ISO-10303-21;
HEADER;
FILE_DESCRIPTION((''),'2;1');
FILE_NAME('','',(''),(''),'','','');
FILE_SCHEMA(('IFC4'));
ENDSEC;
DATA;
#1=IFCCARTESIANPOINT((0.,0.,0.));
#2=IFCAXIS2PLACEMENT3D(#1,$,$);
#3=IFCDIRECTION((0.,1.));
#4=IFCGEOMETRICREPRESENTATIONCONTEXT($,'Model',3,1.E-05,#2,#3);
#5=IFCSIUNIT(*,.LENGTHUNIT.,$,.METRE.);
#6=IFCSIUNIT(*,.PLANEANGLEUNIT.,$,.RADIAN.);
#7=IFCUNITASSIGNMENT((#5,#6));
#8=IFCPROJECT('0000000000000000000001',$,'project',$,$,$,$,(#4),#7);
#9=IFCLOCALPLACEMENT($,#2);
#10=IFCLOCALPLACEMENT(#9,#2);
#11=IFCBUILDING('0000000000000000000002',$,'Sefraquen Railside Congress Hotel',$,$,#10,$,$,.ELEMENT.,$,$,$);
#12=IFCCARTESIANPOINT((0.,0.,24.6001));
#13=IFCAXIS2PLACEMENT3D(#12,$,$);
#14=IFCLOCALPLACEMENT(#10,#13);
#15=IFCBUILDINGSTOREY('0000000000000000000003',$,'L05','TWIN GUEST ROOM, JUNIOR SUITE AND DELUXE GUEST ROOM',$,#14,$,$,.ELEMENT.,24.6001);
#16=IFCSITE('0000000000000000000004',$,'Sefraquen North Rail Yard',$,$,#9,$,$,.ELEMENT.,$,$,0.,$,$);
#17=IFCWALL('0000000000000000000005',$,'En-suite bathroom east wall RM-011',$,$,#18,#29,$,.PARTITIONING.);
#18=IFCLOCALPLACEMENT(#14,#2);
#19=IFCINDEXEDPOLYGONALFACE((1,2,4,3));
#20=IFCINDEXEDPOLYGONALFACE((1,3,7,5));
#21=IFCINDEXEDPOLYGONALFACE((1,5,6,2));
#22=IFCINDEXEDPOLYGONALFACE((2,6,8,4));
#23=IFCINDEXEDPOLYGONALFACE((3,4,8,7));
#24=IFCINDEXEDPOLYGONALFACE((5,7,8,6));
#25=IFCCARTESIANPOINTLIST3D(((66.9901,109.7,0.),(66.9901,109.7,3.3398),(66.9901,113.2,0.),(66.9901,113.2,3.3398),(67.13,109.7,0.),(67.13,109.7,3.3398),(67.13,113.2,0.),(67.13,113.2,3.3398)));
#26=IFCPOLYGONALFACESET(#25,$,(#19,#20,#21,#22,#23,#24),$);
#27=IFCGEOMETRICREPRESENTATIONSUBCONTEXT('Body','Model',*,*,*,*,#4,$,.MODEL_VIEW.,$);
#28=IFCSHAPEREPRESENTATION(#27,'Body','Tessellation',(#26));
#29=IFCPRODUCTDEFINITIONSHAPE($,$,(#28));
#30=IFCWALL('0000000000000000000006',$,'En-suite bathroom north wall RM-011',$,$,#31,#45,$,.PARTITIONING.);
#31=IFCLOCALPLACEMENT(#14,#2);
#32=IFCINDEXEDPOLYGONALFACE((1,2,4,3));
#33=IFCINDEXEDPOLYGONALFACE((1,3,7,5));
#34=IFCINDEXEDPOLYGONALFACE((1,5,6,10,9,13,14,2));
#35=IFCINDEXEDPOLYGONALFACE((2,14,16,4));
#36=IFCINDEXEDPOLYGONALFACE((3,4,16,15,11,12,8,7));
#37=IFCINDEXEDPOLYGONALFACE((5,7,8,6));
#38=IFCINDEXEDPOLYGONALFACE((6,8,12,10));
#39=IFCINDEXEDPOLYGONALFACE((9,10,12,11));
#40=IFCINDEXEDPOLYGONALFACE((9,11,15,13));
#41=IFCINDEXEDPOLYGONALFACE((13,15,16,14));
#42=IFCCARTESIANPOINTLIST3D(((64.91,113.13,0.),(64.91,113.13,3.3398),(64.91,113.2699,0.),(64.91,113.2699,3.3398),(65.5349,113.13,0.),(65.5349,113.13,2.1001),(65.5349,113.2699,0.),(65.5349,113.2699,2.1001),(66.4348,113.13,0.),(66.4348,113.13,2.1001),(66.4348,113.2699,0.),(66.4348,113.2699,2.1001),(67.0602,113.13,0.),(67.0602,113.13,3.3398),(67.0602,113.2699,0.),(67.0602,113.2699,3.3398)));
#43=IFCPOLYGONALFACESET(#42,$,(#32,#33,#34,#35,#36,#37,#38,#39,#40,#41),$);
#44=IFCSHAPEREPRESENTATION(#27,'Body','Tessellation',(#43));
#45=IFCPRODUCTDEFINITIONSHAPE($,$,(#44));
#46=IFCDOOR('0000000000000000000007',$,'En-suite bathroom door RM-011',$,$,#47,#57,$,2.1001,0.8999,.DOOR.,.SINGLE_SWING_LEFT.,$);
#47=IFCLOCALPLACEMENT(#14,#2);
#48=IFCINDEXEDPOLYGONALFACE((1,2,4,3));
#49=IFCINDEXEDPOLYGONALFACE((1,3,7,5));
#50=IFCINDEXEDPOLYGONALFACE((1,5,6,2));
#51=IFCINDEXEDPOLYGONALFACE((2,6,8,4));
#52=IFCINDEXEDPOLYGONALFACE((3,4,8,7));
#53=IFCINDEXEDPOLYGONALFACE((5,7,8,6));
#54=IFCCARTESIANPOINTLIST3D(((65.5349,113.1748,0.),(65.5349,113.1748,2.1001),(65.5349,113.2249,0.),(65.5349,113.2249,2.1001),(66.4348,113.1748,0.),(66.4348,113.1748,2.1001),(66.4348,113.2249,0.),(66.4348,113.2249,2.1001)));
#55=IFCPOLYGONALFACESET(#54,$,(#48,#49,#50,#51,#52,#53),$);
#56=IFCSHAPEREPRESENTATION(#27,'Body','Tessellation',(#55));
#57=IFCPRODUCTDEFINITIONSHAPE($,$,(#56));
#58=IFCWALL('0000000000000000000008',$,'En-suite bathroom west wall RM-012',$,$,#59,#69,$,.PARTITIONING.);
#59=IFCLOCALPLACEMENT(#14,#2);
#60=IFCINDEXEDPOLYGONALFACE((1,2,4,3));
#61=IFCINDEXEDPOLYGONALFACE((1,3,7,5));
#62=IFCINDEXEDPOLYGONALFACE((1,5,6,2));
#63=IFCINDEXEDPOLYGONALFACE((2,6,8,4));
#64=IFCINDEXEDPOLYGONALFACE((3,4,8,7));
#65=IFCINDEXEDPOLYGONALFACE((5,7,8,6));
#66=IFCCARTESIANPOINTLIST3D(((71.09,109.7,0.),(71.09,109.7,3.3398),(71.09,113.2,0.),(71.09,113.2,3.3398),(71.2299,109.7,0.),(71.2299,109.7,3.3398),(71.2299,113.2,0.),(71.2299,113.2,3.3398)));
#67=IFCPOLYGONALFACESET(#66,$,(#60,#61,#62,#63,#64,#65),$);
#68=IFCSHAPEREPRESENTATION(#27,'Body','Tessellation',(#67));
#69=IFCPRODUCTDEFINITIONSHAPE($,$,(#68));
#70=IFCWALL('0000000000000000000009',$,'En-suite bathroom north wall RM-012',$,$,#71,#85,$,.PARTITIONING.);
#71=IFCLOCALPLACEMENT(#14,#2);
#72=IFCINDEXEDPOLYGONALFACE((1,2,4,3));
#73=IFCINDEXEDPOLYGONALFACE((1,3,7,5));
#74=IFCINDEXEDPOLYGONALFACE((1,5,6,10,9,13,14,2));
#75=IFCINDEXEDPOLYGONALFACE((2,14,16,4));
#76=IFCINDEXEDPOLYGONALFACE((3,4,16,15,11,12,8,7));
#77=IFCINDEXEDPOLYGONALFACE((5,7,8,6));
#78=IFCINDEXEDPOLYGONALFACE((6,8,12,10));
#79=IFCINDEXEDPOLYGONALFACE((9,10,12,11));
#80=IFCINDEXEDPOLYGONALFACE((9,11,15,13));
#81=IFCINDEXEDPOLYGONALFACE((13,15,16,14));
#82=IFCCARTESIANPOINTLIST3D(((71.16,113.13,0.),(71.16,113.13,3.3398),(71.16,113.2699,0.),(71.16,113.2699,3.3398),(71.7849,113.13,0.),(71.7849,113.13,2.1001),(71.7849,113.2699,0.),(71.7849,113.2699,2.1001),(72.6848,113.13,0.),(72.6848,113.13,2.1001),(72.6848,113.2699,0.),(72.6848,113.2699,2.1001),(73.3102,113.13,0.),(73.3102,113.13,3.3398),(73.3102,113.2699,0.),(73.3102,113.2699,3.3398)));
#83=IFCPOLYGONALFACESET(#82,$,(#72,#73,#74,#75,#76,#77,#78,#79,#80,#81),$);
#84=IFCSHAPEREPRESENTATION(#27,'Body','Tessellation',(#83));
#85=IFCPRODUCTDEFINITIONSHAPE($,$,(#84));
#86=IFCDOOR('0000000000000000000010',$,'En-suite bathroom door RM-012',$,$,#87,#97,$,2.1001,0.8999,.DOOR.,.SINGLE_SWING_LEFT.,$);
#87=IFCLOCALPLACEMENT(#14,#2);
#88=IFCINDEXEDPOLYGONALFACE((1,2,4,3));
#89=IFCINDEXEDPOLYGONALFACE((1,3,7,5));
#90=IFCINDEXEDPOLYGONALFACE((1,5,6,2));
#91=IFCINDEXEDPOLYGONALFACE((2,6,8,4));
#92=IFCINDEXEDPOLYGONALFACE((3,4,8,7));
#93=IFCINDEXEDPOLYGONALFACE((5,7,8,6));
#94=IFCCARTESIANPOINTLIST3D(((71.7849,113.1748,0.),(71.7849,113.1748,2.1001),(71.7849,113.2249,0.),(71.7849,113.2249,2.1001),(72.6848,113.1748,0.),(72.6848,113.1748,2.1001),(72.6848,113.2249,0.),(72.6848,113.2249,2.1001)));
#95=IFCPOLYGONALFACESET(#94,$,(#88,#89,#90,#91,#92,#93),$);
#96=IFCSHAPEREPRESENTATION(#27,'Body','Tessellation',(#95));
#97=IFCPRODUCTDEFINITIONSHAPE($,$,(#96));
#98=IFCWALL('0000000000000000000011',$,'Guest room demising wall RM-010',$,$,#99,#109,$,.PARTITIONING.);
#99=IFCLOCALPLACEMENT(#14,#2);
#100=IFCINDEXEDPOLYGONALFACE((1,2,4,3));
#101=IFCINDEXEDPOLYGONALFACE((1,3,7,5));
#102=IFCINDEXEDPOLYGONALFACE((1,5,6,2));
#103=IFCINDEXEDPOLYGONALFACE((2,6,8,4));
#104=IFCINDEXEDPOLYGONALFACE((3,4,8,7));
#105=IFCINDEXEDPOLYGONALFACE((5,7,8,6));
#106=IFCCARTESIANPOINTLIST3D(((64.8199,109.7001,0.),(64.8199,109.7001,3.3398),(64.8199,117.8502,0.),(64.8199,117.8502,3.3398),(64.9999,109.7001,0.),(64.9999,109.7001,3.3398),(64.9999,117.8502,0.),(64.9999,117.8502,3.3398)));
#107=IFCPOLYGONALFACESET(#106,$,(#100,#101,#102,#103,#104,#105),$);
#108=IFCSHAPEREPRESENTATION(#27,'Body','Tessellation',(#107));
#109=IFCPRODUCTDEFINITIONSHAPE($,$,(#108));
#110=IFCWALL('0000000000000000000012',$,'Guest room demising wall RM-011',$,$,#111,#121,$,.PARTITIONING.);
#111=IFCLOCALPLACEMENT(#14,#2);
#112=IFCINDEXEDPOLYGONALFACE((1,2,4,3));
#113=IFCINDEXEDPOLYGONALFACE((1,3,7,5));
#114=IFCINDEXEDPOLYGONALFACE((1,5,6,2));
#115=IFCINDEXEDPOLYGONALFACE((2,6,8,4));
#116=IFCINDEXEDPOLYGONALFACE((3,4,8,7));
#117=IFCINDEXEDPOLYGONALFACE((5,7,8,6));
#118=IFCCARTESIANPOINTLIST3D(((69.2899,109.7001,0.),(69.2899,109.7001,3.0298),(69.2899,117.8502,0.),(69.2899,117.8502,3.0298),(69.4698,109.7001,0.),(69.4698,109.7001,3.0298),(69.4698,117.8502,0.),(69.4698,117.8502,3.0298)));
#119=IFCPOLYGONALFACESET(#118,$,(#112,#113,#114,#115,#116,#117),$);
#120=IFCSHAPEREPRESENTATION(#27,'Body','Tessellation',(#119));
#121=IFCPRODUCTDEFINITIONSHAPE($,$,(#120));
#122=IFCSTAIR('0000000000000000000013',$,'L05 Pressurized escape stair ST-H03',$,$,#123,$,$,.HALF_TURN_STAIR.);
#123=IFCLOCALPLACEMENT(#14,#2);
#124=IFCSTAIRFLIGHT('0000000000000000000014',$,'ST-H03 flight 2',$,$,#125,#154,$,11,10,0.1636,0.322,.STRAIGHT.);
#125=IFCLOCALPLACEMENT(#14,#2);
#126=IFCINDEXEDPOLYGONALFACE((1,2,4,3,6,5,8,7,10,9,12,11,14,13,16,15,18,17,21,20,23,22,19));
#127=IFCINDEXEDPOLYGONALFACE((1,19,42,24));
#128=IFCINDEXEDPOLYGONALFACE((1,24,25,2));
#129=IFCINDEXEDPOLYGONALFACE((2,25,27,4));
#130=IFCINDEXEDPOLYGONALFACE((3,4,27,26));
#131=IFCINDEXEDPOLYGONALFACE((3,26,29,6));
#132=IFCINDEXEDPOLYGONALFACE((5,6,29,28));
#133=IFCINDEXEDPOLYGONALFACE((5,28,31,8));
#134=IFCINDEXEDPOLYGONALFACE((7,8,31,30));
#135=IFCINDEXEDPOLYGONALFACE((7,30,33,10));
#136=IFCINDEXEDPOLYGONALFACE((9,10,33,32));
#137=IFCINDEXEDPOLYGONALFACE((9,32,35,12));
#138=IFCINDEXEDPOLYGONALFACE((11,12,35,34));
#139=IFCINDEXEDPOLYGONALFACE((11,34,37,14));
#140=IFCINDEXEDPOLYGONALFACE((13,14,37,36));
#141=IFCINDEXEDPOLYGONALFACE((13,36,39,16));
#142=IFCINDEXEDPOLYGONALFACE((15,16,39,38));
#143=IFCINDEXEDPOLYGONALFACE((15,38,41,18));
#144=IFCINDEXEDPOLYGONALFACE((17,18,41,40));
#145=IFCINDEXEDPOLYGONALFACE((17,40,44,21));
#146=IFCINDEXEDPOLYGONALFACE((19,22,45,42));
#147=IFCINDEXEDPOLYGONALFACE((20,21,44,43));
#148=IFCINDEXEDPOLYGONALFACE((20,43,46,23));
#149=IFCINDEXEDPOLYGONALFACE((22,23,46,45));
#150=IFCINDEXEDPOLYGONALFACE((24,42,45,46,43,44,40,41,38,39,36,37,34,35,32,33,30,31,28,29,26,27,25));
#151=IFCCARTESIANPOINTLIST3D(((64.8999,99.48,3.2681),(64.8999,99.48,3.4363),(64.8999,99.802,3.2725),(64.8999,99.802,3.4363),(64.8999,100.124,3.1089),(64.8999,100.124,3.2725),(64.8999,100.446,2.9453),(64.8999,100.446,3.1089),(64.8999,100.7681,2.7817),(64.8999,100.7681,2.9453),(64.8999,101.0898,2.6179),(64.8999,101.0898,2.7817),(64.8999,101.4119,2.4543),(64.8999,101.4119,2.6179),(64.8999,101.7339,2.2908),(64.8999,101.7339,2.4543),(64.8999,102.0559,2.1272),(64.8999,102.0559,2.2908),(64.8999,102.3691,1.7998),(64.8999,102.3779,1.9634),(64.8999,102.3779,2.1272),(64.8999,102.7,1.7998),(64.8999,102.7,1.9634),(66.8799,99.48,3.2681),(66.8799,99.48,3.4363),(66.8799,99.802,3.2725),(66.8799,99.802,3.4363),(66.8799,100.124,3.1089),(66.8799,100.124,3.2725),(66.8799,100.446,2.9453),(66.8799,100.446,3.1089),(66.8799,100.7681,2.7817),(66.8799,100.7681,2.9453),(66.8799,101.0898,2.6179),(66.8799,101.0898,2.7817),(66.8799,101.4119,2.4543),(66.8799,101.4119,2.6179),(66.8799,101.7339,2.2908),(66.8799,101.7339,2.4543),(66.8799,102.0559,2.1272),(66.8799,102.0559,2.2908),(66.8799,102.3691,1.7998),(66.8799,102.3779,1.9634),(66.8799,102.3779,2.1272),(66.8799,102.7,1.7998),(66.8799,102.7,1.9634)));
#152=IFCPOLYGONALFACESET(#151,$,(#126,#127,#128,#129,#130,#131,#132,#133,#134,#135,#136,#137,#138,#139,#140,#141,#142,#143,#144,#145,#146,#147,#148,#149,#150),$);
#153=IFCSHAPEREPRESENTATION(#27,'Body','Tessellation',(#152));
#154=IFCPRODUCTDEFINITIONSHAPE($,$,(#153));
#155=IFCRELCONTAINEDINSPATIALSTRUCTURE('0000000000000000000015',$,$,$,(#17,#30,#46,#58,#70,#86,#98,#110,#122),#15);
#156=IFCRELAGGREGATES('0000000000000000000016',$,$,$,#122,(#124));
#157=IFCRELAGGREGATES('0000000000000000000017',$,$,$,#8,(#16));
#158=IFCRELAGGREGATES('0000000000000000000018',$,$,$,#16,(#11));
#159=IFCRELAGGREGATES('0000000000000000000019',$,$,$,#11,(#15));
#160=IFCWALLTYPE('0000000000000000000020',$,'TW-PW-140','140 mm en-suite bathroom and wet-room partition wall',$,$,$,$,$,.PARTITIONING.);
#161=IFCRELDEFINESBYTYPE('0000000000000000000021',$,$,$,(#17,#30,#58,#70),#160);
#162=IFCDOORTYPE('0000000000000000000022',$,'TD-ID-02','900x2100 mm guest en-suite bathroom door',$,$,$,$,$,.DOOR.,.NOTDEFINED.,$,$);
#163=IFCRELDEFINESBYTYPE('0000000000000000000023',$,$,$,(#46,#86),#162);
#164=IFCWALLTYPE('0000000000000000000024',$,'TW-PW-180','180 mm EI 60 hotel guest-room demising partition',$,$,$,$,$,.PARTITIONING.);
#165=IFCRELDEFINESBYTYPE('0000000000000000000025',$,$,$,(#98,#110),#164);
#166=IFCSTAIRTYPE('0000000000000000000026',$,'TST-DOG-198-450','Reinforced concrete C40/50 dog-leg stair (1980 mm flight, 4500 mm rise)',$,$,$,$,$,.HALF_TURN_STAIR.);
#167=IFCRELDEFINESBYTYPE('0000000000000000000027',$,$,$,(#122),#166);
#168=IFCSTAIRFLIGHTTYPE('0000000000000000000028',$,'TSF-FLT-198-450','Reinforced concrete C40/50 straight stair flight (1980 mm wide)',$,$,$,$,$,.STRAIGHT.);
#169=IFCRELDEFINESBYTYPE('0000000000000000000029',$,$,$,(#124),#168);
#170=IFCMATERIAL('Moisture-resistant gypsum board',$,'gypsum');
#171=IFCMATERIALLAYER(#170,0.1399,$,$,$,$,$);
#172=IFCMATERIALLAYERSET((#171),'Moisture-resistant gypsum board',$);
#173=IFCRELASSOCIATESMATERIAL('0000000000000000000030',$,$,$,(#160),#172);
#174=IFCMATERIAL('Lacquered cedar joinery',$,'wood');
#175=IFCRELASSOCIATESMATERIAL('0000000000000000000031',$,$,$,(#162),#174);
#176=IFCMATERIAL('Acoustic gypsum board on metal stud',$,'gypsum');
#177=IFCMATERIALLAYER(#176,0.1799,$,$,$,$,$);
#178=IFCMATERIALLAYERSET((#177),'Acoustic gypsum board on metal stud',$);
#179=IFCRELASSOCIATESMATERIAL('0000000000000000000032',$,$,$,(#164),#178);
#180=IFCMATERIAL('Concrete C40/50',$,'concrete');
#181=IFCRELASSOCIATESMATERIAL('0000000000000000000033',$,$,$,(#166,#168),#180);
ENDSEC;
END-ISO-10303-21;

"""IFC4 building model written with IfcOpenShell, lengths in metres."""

from ifc_helpers import new_model, si_unit, direction, frame, frame_2d, origin, place, context, subcontext, project, spatial, polyline, rectangle, outline, extrude, material, layer, layer_set, type_object, element, fill, aggregate, save


model = new_model("IFC4")

# Units and contexts
model_context = context("Model", 3, precision=1e-05, world=origin(), true_north=direction((0.0, 1.0)))
body_context = subcontext(model_context, "Body", "Model", "MODEL_VIEW")
ifc_project = project(units=[si_unit("LENGTHUNIT", "METRE"), si_unit("PLANEANGLEUNIT", "RADIAN")], contexts=[model_context])

# Site, building, storey
site_placement = place(None, origin())
site = spatial("IfcSite", under=ifc_project, at=site_placement, Name="Sefraquen North Rail Yard", CompositionType="ELEMENT", RefElevation=0.0)
building_placement = place(site_placement, origin())
building = spatial("IfcBuilding", under=site, at=building_placement, Name="Sefraquen Railside Congress Hotel", CompositionType="ELEMENT")
storey_placement = place(building_placement, frame((0.0, 0.0, 24.6001)))
storey = spatial("IfcBuildingStorey", under=building, at=storey_placement, Name="L05", Description="TWIN GUEST ROOM, JUNIOR SUITE AND DELUXE GUEST ROOM", CompositionType="ELEMENT", Elevation=24.6001)

# Shared definitions
ifc_material_1 = material(Name="Concrete C40/50", Category="concrete")

# Wall
ifc_material_2 = material(Name="Moisture-resistant gypsum board", Category="gypsum")
ifc_layer_1 = layer(ifc_material_2, 0.1399)
ifc_layer_set_1 = layer_set([ifc_layer_1], Name="Moisture-resistant gypsum board")
wall_type_1 = type_object("IfcWallType", Name="TW-PW-140", Description="140 mm en-suite bathroom and wet-room partition wall", PredefinedType="PARTITIONING", material=ifc_layer_set_1)
wall_1_placement = place(storey_placement, frame((67.0601, 109.7, 0.0), z_axis=(0.0, 0.0, 1.0), x_axis=(0.0, 1.0, 0.0)))
element("IfcWall", 1, at=wall_1_placement, inside=storey, type_object=wall_type_1, Name="En-suite bathroom east wall RM-011", PredefinedType="PARTITIONING", context=body_context, shape_type="SweptSolid", body=[
    extrude(rectangle(XDim=3.5, YDim=0.1399, at=frame_2d((1.75, 0.0))), origin(), (0.0, 0.0, 1.0), 3.3398),
])

# Wall, opening, door
wall_2_placement = place(storey_placement, frame((64.9099, 113.2, 0.0), z_axis=(0.0, 0.0, 1.0), x_axis=(1.0, 0.0, 0.0)))
wall_2 = element("IfcWall", 2, at=wall_2_placement, inside=storey, type_object=wall_type_1, Name="En-suite bathroom north wall RM-011", PredefinedType="PARTITIONING", context=body_context, shape_type="SweptSolid", body=[
    extrude(rectangle(XDim=2.1501, YDim=0.1399, at=frame_2d((1.0752, 0.0))), origin(), (0.0, 0.0, 1.0), 3.3398),
])
opening_1_placement = place(wall_2_placement, frame((0.625, 0.0, 0.0)))
opening_1 = element("IfcOpeningElement", 3, at=opening_1_placement, cuts=wall_2, PredefinedType="OPENING", context=body_context, shape_type="SweptSolid", body=[
    extrude(rectangle(XDim=0.8999, YDim=2.1001, at=frame_2d((0.45, 1.05))), frame((0.0, 0.0798, 0.0), z_axis=(0.0, -1.0, 0.0), x_axis=(1.0, 0.0, 0.0)), (0.0, 0.0, 1.0), 0.1599),
])
ifc_material_3 = material(Name="Lacquered cedar joinery", Category="wood")
door_type_1 = type_object("IfcDoorType", Name="TD-ID-02", Description="900x2100 mm guest en-suite bathroom door", OperationType="NOTDEFINED", PredefinedType="DOOR", material=ifc_material_3)
door_1_placement = place(opening_1_placement, origin())
door_1 = element("IfcDoor", 4, at=door_1_placement, inside=storey, type_object=door_type_1, Name="En-suite bathroom door RM-011", OperationType="SINGLE_SWING_LEFT", OverallHeight=2.1001, OverallWidth=0.8999, PredefinedType="DOOR", context=body_context, shape_type="SweptSolid", body=[
    extrude(rectangle(XDim=0.8999, YDim=2.1001, at=frame_2d((0.45, 1.05))), frame((0.0, 0.0249, 0.0), z_axis=(0.0, -1.0, 0.0), x_axis=(1.0, 0.0, 0.0)), (0.0, 0.0, 1.0), 0.05),
])
fill(opening_1, door_1)

# Wall
wall_3_placement = place(storey_placement, frame((71.1599, 109.7, 0.0), z_axis=(0.0, 0.0, 1.0), x_axis=(0.0, 1.0, 0.0)))
element("IfcWall", 5, at=wall_3_placement, inside=storey, type_object=wall_type_1, Name="En-suite bathroom west wall RM-012", PredefinedType="PARTITIONING", context=body_context, shape_type="SweptSolid", body=[
    extrude(rectangle(XDim=3.5, YDim=0.1399, at=frame_2d((1.75, 0.0))), origin(), (0.0, 0.0, 1.0), 3.3398),
])

# Wall, opening, door
wall_4_placement = place(storey_placement, frame((71.1599, 113.2, 0.0), z_axis=(0.0, 0.0, 1.0), x_axis=(1.0, 0.0, 0.0)))
wall_4 = element("IfcWall", 6, at=wall_4_placement, inside=storey, type_object=wall_type_1, Name="En-suite bathroom north wall RM-012", PredefinedType="PARTITIONING", context=body_context, shape_type="SweptSolid", body=[
    extrude(rectangle(XDim=2.1501, YDim=0.1399, at=frame_2d((1.0752, 0.0))), origin(), (0.0, 0.0, 1.0), 3.3398),
])
opening_2_placement = place(wall_4_placement, frame((0.625, 0.0, 0.0)))
opening_2 = element("IfcOpeningElement", 7, at=opening_2_placement, cuts=wall_4, PredefinedType="OPENING", context=body_context, shape_type="SweptSolid", body=[
    extrude(rectangle(XDim=0.8999, YDim=2.1001, at=frame_2d((0.45, 1.05))), frame((0.0, 0.0798, 0.0), z_axis=(0.0, -1.0, 0.0), x_axis=(1.0, 0.0, 0.0)), (0.0, 0.0, 1.0), 0.1599),
])
door_2_placement = place(opening_2_placement, origin())
door_2 = element("IfcDoor", 8, at=door_2_placement, inside=storey, type_object=door_type_1, Name="En-suite bathroom door RM-012", OperationType="SINGLE_SWING_LEFT", OverallHeight=2.1001, OverallWidth=0.8999, PredefinedType="DOOR", context=body_context, shape_type="SweptSolid", body=[
    extrude(rectangle(XDim=0.8999, YDim=2.1001, at=frame_2d((0.45, 1.05))), frame((0.0, 0.0249, 0.0), z_axis=(0.0, -1.0, 0.0), x_axis=(1.0, 0.0, 0.0)), (0.0, 0.0, 1.0), 0.05),
])
fill(opening_2, door_2)

# Walls
ifc_material_4 = material(Name="Acoustic gypsum board on metal stud", Category="gypsum")
ifc_layer_2 = layer(ifc_material_4, 0.1799)
ifc_layer_set_2 = layer_set([ifc_layer_2], Name="Acoustic gypsum board on metal stud")
wall_type_2 = type_object("IfcWallType", Name="TW-PW-180", Description="180 mm EI 60 hotel guest-room demising partition", PredefinedType="PARTITIONING", material=ifc_layer_set_2)
wall_5_placement = place(storey_placement, frame((64.9099, 109.7, 0.0), z_axis=(0.0, 0.0, 1.0), x_axis=(0.0, 1.0, 0.0)))
element("IfcWall", 9, at=wall_5_placement, inside=storey, type_object=wall_type_2, Name="Guest room demising wall RM-010", PredefinedType="PARTITIONING", context=body_context, shape_type="SweptSolid", body=[
    extrude(rectangle(XDim=8.1501, YDim=0.1799, at=frame_2d((4.0752, 0.0))), origin(), (0.0, 0.0, 1.0), 3.3398),
])
wall_6_placement = place(storey_placement, frame((69.3799, 109.7, 0.0), z_axis=(0.0, 0.0, 1.0), x_axis=(0.0, 1.0, 0.0)))
element("IfcWall", 10, at=wall_6_placement, inside=storey, type_object=wall_type_2, Name="Guest room demising wall RM-011", PredefinedType="PARTITIONING", context=body_context, shape_type="SweptSolid", body=[
    extrude(rectangle(XDim=8.1501, YDim=0.1799, at=frame_2d((4.0752, 0.0))), origin(), (0.0, 0.0, 1.0), 3.0298),
])

# Stair, stair flight
stair_type = type_object("IfcStairType", Name="TST-DOG-198-450", Description="Reinforced concrete C40/50 dog-leg stair (1980 mm flight, 4500 mm rise)", PredefinedType="HALF_TURN_STAIR", material=ifc_material_1)
stair_placement = place(storey_placement, origin())
stair = element("IfcStair", 11, at=stair_placement, inside=storey, type_object=stair_type, Name="L05 Pressurized escape stair ST-H03", PredefinedType="HALF_TURN_STAIR")
stair_flight_type = type_object("IfcStairFlightType", Name="TSF-FLT-198-450", Description="Reinforced concrete C40/50 straight stair flight (1980 mm wide)", PredefinedType="STRAIGHT", material=ifc_material_1)
stair_flight_placement = place(storey_placement, frame((65.8899, 102.7, 1.7998), z_axis=(0.0, 0.0, 1.0), x_axis=(0.0, -1.0, 0.0)))
stair_flight = element("IfcStairFlight", 12, at=stair_flight_placement, type_object=stair_flight_type, Name="ST-H03 flight 2", NumberOfRisers=11, NumberOfTreads=10, PredefinedType="STRAIGHT", RiserHeight=0.1636, TreadLength=0.322, context=body_context, shape_type="SweptSolid", body=[
    extrude(outline(polyline([(0.0, 0.0), (0.0, 0.1636), (0.322, 0.1636), (0.322, 0.3274), (0.644, 0.3274), (0.644, 0.491), (0.9661, 0.491), (0.9661, 0.6545), (1.2881, 0.6545), (1.2881, 0.8181), (1.6101, 0.8181), (1.6101, 0.9819), (1.9319, 0.9819), (1.9319, 1.1455), (2.2539, 1.1455), (2.2539, 1.3091), (2.5759, 1.3091), (2.5759, 1.4727), (2.8979, 1.4727), (2.8979, 1.6365), (3.22, 1.6365), (3.22, 1.8), (3.22, 1.4683), (0.3308, 0.0), (0.0, 0.0)])), frame((0.0, 0.99, 0.0), z_axis=(0.0, -1.0, 0.0), x_axis=(1.0, 0.0, 0.0)), (0.0, 0.0, 1.0), 1.98),
])
aggregate(stair, [stair_flight])

save(model, "model.ifc")
